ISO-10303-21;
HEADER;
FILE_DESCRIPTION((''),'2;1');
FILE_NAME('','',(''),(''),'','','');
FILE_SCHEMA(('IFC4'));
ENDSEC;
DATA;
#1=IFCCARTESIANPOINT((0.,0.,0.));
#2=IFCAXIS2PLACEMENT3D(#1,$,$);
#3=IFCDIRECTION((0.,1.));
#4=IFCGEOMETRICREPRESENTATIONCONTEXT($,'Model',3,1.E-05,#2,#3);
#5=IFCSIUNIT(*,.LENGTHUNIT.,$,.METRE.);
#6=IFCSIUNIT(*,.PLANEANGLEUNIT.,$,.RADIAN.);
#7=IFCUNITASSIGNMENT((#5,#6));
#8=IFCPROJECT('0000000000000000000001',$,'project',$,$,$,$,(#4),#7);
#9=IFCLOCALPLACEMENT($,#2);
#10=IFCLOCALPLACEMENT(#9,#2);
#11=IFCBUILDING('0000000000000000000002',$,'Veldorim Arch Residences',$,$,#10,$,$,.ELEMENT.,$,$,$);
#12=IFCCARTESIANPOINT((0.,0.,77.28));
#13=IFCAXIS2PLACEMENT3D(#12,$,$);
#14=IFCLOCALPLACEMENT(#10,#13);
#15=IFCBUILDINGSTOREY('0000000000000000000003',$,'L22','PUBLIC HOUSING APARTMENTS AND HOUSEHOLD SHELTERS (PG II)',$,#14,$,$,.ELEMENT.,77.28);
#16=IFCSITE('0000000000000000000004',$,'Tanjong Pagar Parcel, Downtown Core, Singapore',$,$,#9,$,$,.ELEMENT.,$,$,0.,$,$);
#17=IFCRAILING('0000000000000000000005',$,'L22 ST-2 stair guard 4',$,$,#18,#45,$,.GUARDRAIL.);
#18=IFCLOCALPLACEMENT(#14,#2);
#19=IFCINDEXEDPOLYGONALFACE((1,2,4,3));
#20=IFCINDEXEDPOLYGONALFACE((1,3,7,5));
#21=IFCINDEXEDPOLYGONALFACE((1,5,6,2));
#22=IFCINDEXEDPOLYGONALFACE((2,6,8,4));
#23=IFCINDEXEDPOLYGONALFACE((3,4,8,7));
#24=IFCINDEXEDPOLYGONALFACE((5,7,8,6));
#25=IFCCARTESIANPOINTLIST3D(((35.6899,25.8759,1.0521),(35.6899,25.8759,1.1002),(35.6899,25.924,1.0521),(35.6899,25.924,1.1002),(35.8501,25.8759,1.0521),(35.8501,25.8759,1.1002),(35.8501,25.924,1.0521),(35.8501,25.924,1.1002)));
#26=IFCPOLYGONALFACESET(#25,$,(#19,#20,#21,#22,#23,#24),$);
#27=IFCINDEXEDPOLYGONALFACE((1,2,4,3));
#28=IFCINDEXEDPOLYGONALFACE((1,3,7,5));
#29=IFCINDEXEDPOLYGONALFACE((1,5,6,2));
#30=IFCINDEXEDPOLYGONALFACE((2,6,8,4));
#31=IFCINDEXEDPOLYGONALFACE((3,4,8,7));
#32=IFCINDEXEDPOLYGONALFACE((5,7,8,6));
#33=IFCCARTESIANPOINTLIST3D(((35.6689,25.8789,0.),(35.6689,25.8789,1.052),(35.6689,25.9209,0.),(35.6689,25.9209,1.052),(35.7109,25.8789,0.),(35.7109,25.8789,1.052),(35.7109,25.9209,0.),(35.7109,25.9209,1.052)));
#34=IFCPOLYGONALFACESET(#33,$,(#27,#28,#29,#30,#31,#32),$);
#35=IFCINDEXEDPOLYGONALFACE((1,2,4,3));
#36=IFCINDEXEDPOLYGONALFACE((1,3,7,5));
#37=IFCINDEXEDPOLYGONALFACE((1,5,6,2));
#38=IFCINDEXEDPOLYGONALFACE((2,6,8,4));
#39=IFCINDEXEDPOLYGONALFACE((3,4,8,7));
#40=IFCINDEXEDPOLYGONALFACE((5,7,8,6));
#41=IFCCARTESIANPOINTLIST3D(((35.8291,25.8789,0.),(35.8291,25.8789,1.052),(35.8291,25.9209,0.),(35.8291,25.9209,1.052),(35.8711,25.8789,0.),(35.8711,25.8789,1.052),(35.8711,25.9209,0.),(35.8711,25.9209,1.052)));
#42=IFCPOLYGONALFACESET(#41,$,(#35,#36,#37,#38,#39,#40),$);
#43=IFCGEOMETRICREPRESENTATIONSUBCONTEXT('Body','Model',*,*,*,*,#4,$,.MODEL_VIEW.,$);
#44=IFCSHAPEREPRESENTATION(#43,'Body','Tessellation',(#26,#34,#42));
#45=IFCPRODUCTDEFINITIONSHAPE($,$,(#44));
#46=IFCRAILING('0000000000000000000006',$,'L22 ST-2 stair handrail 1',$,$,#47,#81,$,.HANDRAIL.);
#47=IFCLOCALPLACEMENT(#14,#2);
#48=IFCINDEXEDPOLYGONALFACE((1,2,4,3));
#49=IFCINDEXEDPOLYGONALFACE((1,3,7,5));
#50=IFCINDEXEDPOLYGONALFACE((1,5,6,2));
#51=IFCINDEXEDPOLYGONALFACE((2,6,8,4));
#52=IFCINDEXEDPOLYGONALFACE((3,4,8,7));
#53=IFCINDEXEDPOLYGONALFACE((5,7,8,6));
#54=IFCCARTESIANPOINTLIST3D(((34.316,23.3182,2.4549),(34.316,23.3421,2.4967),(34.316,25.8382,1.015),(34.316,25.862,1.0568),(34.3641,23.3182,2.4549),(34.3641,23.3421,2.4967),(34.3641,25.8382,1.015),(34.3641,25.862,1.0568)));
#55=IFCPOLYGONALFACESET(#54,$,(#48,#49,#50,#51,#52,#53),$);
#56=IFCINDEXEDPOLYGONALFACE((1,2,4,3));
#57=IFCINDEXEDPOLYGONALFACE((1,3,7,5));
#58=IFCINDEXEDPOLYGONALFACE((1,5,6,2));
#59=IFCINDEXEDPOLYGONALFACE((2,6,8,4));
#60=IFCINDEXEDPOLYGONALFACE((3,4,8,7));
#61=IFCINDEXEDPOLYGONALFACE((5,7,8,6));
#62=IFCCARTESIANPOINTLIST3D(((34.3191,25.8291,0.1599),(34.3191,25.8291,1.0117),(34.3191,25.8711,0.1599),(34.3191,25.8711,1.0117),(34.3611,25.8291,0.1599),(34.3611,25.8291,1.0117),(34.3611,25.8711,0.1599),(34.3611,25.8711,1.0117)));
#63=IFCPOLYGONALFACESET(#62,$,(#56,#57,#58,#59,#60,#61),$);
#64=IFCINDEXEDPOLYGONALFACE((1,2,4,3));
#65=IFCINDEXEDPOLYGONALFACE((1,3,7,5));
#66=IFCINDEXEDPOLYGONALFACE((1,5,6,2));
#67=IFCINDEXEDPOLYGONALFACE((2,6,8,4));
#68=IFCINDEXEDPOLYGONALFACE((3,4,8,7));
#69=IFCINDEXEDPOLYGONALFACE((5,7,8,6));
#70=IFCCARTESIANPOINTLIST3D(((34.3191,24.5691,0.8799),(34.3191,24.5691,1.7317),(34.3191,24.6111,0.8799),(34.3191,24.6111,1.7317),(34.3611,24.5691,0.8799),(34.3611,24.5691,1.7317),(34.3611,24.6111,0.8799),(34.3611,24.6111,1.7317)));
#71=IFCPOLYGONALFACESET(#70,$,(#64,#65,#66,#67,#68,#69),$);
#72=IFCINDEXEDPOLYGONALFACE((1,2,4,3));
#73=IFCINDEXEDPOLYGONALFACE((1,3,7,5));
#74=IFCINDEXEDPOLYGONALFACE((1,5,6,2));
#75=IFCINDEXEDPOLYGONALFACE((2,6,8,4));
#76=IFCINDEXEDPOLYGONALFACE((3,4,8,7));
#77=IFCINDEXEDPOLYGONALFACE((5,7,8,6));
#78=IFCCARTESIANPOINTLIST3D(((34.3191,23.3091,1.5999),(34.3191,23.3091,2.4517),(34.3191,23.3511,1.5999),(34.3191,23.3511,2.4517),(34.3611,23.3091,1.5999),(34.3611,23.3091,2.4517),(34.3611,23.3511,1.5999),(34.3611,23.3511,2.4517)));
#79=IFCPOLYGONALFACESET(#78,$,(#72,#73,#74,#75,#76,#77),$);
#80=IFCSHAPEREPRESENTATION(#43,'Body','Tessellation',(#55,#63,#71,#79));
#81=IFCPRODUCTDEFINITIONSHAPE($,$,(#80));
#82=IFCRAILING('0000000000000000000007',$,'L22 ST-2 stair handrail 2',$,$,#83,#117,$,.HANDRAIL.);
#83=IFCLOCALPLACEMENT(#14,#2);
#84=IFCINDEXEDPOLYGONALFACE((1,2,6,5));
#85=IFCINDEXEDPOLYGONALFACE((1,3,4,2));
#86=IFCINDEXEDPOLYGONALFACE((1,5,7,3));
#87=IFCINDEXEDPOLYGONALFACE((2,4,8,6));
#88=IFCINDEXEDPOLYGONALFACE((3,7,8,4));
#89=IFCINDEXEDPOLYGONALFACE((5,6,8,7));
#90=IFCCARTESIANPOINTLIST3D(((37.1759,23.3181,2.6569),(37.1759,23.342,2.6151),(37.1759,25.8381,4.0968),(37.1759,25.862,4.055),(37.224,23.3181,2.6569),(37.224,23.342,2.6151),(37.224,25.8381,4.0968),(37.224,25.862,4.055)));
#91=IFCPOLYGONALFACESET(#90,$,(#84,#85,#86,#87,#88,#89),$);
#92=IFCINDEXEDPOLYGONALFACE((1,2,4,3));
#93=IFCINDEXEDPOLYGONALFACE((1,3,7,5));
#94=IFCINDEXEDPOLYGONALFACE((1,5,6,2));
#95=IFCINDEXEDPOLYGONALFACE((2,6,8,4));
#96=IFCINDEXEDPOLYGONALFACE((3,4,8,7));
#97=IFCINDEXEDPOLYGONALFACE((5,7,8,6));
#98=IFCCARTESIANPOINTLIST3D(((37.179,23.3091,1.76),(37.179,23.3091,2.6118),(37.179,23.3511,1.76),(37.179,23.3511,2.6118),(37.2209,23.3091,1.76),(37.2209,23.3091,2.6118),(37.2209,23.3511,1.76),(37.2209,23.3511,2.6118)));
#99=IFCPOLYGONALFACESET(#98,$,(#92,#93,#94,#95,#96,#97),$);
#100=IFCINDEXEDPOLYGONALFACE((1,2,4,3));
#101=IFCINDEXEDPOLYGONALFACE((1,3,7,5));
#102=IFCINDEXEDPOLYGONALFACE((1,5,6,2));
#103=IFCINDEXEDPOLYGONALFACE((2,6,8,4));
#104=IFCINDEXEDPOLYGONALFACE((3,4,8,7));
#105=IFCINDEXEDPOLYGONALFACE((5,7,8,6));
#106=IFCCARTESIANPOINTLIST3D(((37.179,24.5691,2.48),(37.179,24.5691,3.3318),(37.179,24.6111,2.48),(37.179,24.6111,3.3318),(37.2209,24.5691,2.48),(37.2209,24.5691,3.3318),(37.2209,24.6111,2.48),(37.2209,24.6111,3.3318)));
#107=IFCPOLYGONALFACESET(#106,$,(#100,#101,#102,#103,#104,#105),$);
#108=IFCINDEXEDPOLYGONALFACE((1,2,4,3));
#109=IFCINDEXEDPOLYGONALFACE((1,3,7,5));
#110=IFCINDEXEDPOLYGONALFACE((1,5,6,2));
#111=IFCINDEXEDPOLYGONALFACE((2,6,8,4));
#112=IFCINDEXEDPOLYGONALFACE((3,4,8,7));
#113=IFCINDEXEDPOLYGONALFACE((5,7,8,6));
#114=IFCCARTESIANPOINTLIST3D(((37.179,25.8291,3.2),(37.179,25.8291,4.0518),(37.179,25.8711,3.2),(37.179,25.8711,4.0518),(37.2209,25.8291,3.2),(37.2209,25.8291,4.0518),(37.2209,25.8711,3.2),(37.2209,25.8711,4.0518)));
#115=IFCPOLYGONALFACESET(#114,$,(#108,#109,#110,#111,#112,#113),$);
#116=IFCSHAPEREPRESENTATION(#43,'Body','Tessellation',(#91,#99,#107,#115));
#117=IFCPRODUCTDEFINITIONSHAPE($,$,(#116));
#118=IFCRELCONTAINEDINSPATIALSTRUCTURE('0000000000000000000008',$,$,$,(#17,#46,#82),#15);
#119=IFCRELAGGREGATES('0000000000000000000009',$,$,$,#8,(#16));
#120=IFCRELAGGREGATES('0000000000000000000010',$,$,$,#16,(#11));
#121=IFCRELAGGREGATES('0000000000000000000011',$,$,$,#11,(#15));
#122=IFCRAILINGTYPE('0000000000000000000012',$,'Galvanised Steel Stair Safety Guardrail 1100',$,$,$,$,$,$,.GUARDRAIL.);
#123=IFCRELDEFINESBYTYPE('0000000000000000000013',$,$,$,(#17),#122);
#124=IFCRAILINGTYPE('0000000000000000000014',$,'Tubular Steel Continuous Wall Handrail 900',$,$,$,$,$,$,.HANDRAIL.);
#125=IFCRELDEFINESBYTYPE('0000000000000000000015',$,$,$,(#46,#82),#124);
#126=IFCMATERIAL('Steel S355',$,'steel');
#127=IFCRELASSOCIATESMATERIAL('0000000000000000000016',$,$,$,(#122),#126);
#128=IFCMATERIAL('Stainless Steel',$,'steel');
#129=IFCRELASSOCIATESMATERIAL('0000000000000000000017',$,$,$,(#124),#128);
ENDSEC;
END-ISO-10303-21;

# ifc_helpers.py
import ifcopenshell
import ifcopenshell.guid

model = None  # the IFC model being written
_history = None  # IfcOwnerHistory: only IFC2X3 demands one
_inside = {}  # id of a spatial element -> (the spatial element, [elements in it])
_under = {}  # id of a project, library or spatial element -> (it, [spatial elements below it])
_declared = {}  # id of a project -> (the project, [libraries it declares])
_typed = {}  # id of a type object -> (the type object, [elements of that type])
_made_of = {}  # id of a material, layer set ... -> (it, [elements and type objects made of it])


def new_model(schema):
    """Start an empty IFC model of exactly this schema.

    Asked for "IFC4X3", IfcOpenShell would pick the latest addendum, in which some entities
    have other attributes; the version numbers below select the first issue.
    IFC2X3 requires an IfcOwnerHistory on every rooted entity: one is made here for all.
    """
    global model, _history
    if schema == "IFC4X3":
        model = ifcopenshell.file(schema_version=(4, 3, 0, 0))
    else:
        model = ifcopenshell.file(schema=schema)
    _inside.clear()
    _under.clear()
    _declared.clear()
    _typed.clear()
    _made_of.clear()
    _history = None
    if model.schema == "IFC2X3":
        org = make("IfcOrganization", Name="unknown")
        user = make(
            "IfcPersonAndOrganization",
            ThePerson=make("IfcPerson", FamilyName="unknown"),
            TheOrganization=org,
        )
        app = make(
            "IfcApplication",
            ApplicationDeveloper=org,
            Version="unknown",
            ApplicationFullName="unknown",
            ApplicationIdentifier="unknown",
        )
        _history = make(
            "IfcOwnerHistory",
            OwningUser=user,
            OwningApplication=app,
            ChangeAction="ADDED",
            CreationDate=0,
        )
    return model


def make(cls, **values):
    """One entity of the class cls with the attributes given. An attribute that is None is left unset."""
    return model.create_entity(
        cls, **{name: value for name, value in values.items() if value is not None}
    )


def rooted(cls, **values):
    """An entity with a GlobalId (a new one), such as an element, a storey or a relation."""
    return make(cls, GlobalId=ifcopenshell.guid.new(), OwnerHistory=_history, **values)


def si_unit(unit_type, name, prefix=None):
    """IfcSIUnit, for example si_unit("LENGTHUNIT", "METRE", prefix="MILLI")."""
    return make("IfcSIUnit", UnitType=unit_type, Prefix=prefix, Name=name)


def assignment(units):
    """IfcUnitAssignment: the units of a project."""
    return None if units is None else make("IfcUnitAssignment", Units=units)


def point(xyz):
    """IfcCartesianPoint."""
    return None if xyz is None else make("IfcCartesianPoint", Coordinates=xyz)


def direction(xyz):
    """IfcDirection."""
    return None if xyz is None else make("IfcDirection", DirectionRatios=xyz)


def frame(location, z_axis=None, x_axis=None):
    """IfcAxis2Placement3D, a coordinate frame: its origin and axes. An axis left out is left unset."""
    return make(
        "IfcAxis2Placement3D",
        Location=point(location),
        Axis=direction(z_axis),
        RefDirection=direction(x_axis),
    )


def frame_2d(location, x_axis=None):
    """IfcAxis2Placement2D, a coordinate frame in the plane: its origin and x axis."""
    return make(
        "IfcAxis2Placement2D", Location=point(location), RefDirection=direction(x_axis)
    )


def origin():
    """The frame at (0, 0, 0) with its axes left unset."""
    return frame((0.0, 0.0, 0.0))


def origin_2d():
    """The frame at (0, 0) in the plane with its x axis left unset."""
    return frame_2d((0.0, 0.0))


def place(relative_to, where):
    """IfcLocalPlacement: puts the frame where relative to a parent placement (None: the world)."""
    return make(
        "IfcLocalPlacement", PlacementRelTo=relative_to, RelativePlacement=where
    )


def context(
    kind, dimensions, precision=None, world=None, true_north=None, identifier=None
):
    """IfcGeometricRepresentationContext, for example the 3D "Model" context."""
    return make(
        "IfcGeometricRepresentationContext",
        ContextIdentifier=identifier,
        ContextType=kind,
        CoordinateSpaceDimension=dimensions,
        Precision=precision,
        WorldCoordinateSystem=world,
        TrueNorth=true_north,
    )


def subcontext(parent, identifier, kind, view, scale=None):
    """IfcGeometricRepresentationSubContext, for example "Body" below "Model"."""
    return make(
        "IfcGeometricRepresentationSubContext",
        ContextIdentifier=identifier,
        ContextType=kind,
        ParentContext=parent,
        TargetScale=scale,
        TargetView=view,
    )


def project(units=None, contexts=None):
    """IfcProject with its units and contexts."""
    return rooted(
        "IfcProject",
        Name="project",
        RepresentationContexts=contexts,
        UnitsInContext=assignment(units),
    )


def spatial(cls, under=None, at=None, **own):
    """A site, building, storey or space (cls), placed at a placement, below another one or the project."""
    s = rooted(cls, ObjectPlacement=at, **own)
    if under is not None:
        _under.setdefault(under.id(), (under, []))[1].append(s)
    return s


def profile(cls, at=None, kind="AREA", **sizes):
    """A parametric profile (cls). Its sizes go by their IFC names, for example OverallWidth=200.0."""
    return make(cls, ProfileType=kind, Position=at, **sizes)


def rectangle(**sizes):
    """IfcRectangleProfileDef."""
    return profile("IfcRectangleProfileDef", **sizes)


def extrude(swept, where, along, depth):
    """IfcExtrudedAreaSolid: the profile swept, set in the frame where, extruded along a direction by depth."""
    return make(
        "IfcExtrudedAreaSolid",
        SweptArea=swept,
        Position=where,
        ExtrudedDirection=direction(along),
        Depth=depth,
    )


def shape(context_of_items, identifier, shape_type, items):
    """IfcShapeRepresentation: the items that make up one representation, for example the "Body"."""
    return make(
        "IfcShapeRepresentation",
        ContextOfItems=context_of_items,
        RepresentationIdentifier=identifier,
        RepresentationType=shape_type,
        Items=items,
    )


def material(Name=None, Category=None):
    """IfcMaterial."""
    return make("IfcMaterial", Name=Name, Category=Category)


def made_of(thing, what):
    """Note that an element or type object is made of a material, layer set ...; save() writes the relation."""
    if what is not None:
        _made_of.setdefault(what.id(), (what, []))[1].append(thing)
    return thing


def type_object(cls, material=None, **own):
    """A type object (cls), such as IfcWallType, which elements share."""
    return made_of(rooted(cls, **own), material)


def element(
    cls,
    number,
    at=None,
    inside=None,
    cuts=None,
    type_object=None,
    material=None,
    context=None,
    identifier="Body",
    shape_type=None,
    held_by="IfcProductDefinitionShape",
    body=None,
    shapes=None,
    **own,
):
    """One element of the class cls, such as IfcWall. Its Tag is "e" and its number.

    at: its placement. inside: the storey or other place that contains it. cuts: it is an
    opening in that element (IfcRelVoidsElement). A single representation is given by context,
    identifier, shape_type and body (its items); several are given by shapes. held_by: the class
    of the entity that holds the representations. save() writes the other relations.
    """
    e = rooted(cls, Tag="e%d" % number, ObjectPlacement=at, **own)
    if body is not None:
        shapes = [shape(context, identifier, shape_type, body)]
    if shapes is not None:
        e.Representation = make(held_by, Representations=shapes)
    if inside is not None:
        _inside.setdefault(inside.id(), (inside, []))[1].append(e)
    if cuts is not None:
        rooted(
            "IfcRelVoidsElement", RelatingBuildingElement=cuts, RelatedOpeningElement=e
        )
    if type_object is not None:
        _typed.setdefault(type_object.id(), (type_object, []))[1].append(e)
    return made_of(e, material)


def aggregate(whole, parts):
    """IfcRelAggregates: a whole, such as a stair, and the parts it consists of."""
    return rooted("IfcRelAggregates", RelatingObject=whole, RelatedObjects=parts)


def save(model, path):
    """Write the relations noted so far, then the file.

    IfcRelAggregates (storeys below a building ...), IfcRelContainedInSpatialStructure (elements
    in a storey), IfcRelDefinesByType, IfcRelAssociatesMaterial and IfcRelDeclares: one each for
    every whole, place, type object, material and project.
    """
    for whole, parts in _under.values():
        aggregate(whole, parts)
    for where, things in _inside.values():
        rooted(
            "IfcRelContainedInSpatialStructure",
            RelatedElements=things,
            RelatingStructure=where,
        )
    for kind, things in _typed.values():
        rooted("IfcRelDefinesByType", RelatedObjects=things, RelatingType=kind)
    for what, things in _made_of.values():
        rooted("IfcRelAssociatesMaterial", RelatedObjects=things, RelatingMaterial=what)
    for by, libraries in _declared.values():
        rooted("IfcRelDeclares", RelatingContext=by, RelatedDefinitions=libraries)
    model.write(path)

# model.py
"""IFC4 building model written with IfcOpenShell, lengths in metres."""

from ifc_helpers import new_model, si_unit, direction, frame, origin, origin_2d, place, context, subcontext, project, spatial, rectangle, extrude, material, type_object, element, save


model = new_model("IFC4")

# Units and contexts
model_context = context("Model", 3, precision=1e-05, world=origin(), true_north=direction((0.0, 1.0)))
body_context = subcontext(model_context, "Body", "Model", "MODEL_VIEW")
ifc_project = project(units=[si_unit("LENGTHUNIT", "METRE"), si_unit("PLANEANGLEUNIT", "RADIAN")], contexts=[model_context])

# Site, building, storey
site_placement = place(None, origin())
site = spatial("IfcSite", under=ifc_project, at=site_placement, Name="Tanjong Pagar Parcel, Downtown Core, Singapore", CompositionType="ELEMENT", RefElevation=0.0)
building_placement = place(site_placement, origin())
building = spatial("IfcBuilding", under=site, at=building_placement, Name="Veldorim Arch Residences", CompositionType="ELEMENT")
storey_placement = place(building_placement, frame((0.0, 0.0, 77.28)))
storey = spatial("IfcBuildingStorey", under=building, at=storey_placement, Name="L22", Description="PUBLIC HOUSING APARTMENTS AND HOUSEHOLD SHELTERS (PG II)", CompositionType="ELEMENT", Elevation=77.28)

# Railings
ifc_material_1 = material(Name="Steel S355", Category="steel")
railing_type_1 = type_object("IfcRailingType", Name="Galvanised Steel Stair Safety Guardrail 1100", PredefinedType="GUARDRAIL", material=ifc_material_1)
railing_1_placement = place(storey_placement, frame((35.6899, 25.8999, 0.0)))
element("IfcRailing", 1, at=railing_1_placement, inside=storey, type_object=railing_type_1, Name="L22 ST-2 stair guard 4", PredefinedType="GUARDRAIL", context=body_context, shape_type="SweptSolid", body=[
    extrude(rectangle(XDim=0.0481, YDim=0.0481, at=origin_2d()), frame((0.0, 0.0, 1.0762), z_axis=(1.0, 0.0, 0.0), x_axis=(0.0, 1.0, 0.0)), (0.0, 0.0, 1.0), 0.1602),
    extrude(rectangle(XDim=0.042, YDim=0.042, at=origin_2d()), origin(), (0.0, 0.0, 1.0), 1.052),
    extrude(rectangle(XDim=0.042, YDim=0.042, at=origin_2d()), frame((0.1602, 0.0, 0.0)), (0.0, 0.0, 1.0), 1.052),
])
ifc_material_2 = material(Name="Stainless Steel", Category="steel")
railing_type_2 = type_object("IfcRailingType", Name="Tubular Steel Continuous Wall Handrail 900", PredefinedType="HANDRAIL", material=ifc_material_2)
railing_2_placement = place(storey_placement, frame((34.3401, 25.8501, 0.1599)))
element("IfcRailing", 2, at=railing_2_placement, inside=storey, type_object=railing_type_2, Name="L22 ST-2 stair handrail 1", PredefinedType="HANDRAIL", context=body_context, shape_type="SweptSolid", body=[
    extrude(rectangle(XDim=0.0481, YDim=0.0481, at=origin_2d()), frame((0.0, 0.0, 0.876), z_axis=(0.0, -0.868253, 0.496121), x_axis=(1.0, 0.0, 0.0)), (0.0, 0.0, 1.0), 2.9023),
    extrude(rectangle(XDim=0.042, YDim=0.042, at=origin_2d()), origin(), (0.0, 0.0, 1.0), 0.8518),
    extrude(rectangle(XDim=0.042, YDim=0.042, at=origin_2d()), frame((0.0, -1.26, 0.72)), (0.0, 0.0, 1.0), 0.8518),
    extrude(rectangle(XDim=0.042, YDim=0.042, at=origin_2d()), frame((0.0, -2.52, 1.4399)), (0.0, 0.0, 1.0), 0.8518),
])
railing_3_placement = place(storey_placement, frame((37.2, 23.3301, 1.76)))
element("IfcRailing", 3, at=railing_3_placement, inside=storey, type_object=railing_type_2, Name="L22 ST-2 stair handrail 2", PredefinedType="HANDRAIL", context=body_context, shape_type="SweptSolid", body=[
    extrude(rectangle(XDim=0.0481, YDim=0.0481, at=origin_2d()), frame((0.0, 0.0, 0.876), z_axis=(0.0, 0.868253, 0.496121), x_axis=(-1.0, 0.0, 0.0)), (0.0, 0.0, 1.0), 2.9023),
    extrude(rectangle(XDim=0.042, YDim=0.042, at=origin_2d()), origin(), (0.0, 0.0, 1.0), 0.8518),
    extrude(rectangle(XDim=0.042, YDim=0.042, at=origin_2d()), frame((0.0, 1.26, 0.72)), (0.0, 0.0, 1.0), 0.8518),
    extrude(rectangle(XDim=0.042, YDim=0.042, at=origin_2d()), frame((0.0, 2.52, 1.4399)), (0.0, 0.0, 1.0), 0.8518),
])

save(model, "model.ifc")
